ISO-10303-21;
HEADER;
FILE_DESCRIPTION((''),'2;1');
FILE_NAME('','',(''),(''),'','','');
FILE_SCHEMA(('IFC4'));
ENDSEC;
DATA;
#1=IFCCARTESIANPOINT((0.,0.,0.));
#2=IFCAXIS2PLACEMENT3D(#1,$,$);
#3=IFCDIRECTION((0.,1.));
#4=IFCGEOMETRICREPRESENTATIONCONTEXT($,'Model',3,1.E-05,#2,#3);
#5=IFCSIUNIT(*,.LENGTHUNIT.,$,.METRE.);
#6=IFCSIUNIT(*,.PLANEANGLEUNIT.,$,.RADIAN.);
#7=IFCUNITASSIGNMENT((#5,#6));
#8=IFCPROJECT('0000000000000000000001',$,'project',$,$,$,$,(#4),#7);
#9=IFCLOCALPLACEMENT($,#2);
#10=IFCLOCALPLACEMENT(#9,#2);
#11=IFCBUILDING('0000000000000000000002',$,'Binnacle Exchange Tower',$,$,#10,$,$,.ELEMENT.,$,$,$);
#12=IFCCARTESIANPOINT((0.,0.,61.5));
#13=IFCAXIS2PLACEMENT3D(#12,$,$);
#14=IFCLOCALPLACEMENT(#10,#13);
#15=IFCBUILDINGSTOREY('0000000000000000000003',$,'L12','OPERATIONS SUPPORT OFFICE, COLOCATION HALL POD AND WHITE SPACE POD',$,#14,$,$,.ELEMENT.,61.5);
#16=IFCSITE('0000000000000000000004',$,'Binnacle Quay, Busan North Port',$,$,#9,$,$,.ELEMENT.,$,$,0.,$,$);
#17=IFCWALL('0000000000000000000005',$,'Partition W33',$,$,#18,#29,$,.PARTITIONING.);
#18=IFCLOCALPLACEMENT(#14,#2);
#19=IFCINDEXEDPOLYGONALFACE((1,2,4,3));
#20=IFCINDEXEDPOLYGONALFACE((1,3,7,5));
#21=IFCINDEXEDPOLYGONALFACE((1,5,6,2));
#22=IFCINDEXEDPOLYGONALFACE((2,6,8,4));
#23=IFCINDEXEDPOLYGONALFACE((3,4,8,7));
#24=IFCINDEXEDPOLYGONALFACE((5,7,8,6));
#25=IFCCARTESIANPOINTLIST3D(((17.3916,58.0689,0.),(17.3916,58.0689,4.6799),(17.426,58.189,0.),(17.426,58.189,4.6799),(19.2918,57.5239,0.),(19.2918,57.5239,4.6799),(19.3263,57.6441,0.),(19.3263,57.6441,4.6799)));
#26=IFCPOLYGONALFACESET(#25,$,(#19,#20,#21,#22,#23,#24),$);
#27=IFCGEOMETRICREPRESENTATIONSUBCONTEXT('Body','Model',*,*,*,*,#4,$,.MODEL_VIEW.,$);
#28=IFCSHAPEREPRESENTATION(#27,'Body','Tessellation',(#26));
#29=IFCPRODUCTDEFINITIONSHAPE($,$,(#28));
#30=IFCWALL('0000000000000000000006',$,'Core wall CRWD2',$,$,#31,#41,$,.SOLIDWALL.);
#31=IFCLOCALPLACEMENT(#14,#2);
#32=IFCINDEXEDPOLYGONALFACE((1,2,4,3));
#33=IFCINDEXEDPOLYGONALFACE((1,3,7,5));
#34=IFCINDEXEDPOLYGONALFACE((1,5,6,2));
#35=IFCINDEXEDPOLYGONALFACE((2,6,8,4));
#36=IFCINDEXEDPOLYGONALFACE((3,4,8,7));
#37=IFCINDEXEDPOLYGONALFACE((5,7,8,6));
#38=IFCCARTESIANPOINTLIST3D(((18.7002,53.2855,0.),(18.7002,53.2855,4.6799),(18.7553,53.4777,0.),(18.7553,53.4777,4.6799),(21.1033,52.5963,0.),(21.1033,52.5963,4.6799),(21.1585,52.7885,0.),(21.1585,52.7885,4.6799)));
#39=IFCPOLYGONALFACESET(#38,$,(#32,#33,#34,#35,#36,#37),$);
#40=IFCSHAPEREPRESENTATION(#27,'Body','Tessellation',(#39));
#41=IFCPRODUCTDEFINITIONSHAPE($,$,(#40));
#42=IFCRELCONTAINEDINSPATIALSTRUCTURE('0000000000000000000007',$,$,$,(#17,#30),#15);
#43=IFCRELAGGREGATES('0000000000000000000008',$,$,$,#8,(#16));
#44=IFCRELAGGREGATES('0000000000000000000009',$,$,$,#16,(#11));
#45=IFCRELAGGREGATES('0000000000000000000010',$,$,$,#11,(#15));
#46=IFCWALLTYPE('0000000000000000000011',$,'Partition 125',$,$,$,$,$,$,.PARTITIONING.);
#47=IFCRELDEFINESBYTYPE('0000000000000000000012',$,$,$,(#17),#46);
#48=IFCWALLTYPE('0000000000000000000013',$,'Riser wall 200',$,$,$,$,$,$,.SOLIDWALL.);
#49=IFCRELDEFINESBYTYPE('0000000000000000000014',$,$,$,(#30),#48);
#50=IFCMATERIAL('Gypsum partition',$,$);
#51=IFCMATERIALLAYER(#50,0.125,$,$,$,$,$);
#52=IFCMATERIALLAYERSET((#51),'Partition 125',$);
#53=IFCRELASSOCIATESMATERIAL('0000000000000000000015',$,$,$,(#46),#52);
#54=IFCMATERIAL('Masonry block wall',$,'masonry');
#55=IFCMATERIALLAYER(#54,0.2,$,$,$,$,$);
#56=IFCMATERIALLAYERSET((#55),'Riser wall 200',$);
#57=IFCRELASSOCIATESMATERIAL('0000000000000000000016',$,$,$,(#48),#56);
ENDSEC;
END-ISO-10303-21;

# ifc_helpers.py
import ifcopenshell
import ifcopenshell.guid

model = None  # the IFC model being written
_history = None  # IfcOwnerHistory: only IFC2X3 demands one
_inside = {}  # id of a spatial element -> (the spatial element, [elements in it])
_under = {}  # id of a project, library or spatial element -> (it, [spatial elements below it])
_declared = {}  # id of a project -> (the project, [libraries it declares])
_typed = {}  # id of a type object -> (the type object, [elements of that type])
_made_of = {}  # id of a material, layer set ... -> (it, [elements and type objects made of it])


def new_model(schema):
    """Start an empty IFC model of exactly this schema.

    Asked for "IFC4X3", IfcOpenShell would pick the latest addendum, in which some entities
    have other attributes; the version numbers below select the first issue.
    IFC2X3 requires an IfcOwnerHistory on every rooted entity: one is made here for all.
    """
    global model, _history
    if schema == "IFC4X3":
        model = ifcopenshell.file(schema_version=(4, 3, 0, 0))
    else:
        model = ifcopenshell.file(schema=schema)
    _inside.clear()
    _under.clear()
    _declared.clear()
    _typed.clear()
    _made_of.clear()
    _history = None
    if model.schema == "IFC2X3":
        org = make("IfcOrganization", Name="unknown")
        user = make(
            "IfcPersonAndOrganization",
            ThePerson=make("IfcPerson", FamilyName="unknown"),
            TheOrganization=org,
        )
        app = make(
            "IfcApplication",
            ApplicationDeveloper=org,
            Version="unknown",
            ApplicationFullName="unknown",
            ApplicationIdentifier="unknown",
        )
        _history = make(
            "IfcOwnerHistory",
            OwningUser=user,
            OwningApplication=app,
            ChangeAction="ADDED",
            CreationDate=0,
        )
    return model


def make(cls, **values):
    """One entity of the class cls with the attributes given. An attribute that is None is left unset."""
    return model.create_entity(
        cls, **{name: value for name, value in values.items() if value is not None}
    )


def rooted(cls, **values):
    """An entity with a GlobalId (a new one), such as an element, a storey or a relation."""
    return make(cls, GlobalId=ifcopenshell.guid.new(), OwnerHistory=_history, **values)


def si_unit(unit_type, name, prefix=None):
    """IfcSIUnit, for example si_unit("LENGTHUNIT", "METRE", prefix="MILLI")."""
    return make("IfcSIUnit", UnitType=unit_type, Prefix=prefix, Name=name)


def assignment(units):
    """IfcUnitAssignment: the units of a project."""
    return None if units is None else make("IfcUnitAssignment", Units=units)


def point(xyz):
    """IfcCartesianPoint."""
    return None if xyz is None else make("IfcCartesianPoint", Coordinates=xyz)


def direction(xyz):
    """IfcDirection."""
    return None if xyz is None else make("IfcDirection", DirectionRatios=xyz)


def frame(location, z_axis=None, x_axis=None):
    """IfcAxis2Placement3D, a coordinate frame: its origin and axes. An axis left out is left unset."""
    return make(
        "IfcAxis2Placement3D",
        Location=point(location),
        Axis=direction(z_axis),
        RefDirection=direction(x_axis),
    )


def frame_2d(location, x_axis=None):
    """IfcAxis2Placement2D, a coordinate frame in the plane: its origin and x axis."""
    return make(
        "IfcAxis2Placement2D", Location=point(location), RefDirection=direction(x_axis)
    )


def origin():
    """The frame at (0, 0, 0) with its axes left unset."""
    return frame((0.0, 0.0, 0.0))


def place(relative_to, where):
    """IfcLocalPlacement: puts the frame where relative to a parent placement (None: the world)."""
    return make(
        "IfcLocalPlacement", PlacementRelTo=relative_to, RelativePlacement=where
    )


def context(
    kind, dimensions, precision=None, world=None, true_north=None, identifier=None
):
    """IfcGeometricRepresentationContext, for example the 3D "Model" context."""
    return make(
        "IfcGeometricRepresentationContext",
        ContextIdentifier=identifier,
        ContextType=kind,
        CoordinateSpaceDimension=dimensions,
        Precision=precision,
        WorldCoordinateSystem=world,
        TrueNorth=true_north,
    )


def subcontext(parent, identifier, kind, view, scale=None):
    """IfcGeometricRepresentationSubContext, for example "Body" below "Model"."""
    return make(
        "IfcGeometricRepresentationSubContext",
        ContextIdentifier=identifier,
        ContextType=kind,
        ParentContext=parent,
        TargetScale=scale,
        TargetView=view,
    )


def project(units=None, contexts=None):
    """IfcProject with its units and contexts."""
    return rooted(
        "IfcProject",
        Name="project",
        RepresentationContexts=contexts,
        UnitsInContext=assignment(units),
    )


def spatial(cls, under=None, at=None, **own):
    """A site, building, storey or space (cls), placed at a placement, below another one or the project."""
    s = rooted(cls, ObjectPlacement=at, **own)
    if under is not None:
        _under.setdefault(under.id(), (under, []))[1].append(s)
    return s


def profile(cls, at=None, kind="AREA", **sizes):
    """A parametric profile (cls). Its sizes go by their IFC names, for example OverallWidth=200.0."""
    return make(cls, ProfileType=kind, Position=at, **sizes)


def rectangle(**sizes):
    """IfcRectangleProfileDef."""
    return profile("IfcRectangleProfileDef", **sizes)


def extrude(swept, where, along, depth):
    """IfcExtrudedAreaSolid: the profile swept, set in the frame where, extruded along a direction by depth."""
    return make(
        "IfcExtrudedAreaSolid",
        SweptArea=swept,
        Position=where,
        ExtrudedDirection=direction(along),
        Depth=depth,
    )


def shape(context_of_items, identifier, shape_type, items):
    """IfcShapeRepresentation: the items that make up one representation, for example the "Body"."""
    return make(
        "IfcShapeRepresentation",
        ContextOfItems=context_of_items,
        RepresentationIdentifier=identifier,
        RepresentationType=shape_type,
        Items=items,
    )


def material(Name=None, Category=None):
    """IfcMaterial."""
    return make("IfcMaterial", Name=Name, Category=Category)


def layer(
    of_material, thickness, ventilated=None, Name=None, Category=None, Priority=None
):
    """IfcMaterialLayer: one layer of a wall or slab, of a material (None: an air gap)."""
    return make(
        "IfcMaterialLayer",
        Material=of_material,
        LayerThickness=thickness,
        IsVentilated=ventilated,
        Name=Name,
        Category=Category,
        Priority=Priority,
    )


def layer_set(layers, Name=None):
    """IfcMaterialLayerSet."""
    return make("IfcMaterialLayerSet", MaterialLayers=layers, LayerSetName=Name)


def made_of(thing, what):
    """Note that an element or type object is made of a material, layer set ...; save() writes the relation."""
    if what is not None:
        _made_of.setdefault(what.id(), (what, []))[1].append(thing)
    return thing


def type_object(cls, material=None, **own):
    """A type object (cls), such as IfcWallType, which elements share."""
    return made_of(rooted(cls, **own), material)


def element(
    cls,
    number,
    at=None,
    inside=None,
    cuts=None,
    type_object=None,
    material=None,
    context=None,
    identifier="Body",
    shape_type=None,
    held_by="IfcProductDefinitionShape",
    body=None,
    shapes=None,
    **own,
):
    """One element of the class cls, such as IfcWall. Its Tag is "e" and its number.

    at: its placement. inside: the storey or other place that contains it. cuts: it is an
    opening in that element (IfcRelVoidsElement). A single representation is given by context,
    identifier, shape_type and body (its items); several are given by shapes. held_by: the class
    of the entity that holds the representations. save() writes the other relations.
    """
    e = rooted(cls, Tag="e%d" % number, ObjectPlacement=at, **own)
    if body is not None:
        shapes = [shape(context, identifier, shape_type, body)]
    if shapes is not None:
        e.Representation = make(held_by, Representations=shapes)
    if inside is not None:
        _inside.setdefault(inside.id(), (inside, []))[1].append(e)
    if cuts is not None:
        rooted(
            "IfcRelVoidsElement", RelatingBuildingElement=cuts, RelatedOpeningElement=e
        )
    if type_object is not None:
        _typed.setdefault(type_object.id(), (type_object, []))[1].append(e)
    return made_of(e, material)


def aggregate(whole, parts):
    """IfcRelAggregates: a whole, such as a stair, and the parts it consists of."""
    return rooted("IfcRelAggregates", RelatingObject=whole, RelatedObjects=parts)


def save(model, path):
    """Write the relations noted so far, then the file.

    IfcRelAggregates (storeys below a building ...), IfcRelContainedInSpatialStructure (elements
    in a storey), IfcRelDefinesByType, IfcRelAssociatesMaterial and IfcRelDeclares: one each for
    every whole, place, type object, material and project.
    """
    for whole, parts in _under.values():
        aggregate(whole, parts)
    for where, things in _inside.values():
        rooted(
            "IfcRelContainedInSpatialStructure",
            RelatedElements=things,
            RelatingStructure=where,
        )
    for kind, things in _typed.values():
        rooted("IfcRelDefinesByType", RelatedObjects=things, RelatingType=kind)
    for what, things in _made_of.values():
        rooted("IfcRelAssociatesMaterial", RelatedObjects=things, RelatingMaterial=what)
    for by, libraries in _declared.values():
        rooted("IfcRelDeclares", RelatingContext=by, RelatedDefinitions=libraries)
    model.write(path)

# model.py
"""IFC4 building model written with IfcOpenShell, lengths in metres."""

from ifc_helpers import new_model, si_unit, direction, frame, frame_2d, origin, place, context, subcontext, project, spatial, rectangle, extrude, material, layer, layer_set, type_object, element, save


model = new_model("IFC4")

# Units and contexts
model_context = context("Model", 3, precision=1e-05, world=origin(), true_north=direction((0.0, 1.0)))
body_context = subcontext(model_context, "Body", "Model", "MODEL_VIEW")
ifc_project = project(units=[si_unit("LENGTHUNIT", "METRE"), si_unit("PLANEANGLEUNIT", "RADIAN")], contexts=[model_context])

# Site, building, storey
site_placement = place(None, origin())
site = spatial("IfcSite", under=ifc_project, at=site_placement, Name="Binnacle Quay, Busan North Port", CompositionType="ELEMENT", RefElevation=0.0)
building_placement = place(site_placement, origin())
building = spatial("IfcBuilding", under=site, at=building_placement, Name="Binnacle Exchange Tower", CompositionType="ELEMENT")
storey_placement = place(building_placement, frame((0.0, 0.0, 61.5)))
storey = spatial("IfcBuildingStorey", under=building, at=storey_placement, Name="L12", Description="OPERATIONS SUPPORT OFFICE, COLOCATION HALL POD AND WHITE SPACE POD", CompositionType="ELEMENT", Elevation=61.5)

# Walls
ifc_material_1 = material(Name="Masonry block wall", Category="masonry")
ifc_material_2 = material(Name="Gypsum partition")
ifc_layer_1 = layer(ifc_material_2, 0.125)
ifc_layer_set_1 = layer_set([ifc_layer_1], Name="Partition 125")
wall_type_1 = type_object("IfcWallType", Name="Partition 125", PredefinedType="PARTITIONING", material=ifc_layer_set_1)
wall_1_placement = place(storey_placement, frame((17.4089, 58.1289, 0.0), z_axis=(0.0, 0.0, 1.0), x_axis=(0.961253, -0.275667, 0.0)))
element("IfcWall", 1, at=wall_1_placement, inside=storey, type_object=wall_type_1, Name="Partition W33", PredefinedType="PARTITIONING", context=body_context, shape_type="SweptSolid", body=[
    extrude(rectangle(XDim=1.9768, YDim=0.125, at=frame_2d((0.9883, 0.0))), origin(), (0.0, 0.0, 1.0), 4.6799),
])
ifc_layer_2 = layer(ifc_material_1, 0.2)
ifc_layer_set_2 = layer_set([ifc_layer_2], Name="Riser wall 200")
wall_type_2 = type_object("IfcWallType", Name="Riser wall 200", PredefinedType="SOLIDWALL", material=ifc_layer_set_2)
wall_2_placement = place(storey_placement, frame((18.7278, 53.3816, 0.0), z_axis=(0.0, 0.0, 1.0), x_axis=(0.961247, -0.275688, 0.0)))
element("IfcWall", 2, at=wall_2_placement, inside=storey, type_object=wall_type_2, Name="Core wall CRWD2", PredefinedType="SOLIDWALL", context=body_context, shape_type="SweptSolid", body=[
    extrude(rectangle(XDim=2.5, YDim=0.2, at=frame_2d((1.25, 0.0))), origin(), (0.0, 0.0, 1.0), 4.6799),
])

save(model, "model.ifc")
